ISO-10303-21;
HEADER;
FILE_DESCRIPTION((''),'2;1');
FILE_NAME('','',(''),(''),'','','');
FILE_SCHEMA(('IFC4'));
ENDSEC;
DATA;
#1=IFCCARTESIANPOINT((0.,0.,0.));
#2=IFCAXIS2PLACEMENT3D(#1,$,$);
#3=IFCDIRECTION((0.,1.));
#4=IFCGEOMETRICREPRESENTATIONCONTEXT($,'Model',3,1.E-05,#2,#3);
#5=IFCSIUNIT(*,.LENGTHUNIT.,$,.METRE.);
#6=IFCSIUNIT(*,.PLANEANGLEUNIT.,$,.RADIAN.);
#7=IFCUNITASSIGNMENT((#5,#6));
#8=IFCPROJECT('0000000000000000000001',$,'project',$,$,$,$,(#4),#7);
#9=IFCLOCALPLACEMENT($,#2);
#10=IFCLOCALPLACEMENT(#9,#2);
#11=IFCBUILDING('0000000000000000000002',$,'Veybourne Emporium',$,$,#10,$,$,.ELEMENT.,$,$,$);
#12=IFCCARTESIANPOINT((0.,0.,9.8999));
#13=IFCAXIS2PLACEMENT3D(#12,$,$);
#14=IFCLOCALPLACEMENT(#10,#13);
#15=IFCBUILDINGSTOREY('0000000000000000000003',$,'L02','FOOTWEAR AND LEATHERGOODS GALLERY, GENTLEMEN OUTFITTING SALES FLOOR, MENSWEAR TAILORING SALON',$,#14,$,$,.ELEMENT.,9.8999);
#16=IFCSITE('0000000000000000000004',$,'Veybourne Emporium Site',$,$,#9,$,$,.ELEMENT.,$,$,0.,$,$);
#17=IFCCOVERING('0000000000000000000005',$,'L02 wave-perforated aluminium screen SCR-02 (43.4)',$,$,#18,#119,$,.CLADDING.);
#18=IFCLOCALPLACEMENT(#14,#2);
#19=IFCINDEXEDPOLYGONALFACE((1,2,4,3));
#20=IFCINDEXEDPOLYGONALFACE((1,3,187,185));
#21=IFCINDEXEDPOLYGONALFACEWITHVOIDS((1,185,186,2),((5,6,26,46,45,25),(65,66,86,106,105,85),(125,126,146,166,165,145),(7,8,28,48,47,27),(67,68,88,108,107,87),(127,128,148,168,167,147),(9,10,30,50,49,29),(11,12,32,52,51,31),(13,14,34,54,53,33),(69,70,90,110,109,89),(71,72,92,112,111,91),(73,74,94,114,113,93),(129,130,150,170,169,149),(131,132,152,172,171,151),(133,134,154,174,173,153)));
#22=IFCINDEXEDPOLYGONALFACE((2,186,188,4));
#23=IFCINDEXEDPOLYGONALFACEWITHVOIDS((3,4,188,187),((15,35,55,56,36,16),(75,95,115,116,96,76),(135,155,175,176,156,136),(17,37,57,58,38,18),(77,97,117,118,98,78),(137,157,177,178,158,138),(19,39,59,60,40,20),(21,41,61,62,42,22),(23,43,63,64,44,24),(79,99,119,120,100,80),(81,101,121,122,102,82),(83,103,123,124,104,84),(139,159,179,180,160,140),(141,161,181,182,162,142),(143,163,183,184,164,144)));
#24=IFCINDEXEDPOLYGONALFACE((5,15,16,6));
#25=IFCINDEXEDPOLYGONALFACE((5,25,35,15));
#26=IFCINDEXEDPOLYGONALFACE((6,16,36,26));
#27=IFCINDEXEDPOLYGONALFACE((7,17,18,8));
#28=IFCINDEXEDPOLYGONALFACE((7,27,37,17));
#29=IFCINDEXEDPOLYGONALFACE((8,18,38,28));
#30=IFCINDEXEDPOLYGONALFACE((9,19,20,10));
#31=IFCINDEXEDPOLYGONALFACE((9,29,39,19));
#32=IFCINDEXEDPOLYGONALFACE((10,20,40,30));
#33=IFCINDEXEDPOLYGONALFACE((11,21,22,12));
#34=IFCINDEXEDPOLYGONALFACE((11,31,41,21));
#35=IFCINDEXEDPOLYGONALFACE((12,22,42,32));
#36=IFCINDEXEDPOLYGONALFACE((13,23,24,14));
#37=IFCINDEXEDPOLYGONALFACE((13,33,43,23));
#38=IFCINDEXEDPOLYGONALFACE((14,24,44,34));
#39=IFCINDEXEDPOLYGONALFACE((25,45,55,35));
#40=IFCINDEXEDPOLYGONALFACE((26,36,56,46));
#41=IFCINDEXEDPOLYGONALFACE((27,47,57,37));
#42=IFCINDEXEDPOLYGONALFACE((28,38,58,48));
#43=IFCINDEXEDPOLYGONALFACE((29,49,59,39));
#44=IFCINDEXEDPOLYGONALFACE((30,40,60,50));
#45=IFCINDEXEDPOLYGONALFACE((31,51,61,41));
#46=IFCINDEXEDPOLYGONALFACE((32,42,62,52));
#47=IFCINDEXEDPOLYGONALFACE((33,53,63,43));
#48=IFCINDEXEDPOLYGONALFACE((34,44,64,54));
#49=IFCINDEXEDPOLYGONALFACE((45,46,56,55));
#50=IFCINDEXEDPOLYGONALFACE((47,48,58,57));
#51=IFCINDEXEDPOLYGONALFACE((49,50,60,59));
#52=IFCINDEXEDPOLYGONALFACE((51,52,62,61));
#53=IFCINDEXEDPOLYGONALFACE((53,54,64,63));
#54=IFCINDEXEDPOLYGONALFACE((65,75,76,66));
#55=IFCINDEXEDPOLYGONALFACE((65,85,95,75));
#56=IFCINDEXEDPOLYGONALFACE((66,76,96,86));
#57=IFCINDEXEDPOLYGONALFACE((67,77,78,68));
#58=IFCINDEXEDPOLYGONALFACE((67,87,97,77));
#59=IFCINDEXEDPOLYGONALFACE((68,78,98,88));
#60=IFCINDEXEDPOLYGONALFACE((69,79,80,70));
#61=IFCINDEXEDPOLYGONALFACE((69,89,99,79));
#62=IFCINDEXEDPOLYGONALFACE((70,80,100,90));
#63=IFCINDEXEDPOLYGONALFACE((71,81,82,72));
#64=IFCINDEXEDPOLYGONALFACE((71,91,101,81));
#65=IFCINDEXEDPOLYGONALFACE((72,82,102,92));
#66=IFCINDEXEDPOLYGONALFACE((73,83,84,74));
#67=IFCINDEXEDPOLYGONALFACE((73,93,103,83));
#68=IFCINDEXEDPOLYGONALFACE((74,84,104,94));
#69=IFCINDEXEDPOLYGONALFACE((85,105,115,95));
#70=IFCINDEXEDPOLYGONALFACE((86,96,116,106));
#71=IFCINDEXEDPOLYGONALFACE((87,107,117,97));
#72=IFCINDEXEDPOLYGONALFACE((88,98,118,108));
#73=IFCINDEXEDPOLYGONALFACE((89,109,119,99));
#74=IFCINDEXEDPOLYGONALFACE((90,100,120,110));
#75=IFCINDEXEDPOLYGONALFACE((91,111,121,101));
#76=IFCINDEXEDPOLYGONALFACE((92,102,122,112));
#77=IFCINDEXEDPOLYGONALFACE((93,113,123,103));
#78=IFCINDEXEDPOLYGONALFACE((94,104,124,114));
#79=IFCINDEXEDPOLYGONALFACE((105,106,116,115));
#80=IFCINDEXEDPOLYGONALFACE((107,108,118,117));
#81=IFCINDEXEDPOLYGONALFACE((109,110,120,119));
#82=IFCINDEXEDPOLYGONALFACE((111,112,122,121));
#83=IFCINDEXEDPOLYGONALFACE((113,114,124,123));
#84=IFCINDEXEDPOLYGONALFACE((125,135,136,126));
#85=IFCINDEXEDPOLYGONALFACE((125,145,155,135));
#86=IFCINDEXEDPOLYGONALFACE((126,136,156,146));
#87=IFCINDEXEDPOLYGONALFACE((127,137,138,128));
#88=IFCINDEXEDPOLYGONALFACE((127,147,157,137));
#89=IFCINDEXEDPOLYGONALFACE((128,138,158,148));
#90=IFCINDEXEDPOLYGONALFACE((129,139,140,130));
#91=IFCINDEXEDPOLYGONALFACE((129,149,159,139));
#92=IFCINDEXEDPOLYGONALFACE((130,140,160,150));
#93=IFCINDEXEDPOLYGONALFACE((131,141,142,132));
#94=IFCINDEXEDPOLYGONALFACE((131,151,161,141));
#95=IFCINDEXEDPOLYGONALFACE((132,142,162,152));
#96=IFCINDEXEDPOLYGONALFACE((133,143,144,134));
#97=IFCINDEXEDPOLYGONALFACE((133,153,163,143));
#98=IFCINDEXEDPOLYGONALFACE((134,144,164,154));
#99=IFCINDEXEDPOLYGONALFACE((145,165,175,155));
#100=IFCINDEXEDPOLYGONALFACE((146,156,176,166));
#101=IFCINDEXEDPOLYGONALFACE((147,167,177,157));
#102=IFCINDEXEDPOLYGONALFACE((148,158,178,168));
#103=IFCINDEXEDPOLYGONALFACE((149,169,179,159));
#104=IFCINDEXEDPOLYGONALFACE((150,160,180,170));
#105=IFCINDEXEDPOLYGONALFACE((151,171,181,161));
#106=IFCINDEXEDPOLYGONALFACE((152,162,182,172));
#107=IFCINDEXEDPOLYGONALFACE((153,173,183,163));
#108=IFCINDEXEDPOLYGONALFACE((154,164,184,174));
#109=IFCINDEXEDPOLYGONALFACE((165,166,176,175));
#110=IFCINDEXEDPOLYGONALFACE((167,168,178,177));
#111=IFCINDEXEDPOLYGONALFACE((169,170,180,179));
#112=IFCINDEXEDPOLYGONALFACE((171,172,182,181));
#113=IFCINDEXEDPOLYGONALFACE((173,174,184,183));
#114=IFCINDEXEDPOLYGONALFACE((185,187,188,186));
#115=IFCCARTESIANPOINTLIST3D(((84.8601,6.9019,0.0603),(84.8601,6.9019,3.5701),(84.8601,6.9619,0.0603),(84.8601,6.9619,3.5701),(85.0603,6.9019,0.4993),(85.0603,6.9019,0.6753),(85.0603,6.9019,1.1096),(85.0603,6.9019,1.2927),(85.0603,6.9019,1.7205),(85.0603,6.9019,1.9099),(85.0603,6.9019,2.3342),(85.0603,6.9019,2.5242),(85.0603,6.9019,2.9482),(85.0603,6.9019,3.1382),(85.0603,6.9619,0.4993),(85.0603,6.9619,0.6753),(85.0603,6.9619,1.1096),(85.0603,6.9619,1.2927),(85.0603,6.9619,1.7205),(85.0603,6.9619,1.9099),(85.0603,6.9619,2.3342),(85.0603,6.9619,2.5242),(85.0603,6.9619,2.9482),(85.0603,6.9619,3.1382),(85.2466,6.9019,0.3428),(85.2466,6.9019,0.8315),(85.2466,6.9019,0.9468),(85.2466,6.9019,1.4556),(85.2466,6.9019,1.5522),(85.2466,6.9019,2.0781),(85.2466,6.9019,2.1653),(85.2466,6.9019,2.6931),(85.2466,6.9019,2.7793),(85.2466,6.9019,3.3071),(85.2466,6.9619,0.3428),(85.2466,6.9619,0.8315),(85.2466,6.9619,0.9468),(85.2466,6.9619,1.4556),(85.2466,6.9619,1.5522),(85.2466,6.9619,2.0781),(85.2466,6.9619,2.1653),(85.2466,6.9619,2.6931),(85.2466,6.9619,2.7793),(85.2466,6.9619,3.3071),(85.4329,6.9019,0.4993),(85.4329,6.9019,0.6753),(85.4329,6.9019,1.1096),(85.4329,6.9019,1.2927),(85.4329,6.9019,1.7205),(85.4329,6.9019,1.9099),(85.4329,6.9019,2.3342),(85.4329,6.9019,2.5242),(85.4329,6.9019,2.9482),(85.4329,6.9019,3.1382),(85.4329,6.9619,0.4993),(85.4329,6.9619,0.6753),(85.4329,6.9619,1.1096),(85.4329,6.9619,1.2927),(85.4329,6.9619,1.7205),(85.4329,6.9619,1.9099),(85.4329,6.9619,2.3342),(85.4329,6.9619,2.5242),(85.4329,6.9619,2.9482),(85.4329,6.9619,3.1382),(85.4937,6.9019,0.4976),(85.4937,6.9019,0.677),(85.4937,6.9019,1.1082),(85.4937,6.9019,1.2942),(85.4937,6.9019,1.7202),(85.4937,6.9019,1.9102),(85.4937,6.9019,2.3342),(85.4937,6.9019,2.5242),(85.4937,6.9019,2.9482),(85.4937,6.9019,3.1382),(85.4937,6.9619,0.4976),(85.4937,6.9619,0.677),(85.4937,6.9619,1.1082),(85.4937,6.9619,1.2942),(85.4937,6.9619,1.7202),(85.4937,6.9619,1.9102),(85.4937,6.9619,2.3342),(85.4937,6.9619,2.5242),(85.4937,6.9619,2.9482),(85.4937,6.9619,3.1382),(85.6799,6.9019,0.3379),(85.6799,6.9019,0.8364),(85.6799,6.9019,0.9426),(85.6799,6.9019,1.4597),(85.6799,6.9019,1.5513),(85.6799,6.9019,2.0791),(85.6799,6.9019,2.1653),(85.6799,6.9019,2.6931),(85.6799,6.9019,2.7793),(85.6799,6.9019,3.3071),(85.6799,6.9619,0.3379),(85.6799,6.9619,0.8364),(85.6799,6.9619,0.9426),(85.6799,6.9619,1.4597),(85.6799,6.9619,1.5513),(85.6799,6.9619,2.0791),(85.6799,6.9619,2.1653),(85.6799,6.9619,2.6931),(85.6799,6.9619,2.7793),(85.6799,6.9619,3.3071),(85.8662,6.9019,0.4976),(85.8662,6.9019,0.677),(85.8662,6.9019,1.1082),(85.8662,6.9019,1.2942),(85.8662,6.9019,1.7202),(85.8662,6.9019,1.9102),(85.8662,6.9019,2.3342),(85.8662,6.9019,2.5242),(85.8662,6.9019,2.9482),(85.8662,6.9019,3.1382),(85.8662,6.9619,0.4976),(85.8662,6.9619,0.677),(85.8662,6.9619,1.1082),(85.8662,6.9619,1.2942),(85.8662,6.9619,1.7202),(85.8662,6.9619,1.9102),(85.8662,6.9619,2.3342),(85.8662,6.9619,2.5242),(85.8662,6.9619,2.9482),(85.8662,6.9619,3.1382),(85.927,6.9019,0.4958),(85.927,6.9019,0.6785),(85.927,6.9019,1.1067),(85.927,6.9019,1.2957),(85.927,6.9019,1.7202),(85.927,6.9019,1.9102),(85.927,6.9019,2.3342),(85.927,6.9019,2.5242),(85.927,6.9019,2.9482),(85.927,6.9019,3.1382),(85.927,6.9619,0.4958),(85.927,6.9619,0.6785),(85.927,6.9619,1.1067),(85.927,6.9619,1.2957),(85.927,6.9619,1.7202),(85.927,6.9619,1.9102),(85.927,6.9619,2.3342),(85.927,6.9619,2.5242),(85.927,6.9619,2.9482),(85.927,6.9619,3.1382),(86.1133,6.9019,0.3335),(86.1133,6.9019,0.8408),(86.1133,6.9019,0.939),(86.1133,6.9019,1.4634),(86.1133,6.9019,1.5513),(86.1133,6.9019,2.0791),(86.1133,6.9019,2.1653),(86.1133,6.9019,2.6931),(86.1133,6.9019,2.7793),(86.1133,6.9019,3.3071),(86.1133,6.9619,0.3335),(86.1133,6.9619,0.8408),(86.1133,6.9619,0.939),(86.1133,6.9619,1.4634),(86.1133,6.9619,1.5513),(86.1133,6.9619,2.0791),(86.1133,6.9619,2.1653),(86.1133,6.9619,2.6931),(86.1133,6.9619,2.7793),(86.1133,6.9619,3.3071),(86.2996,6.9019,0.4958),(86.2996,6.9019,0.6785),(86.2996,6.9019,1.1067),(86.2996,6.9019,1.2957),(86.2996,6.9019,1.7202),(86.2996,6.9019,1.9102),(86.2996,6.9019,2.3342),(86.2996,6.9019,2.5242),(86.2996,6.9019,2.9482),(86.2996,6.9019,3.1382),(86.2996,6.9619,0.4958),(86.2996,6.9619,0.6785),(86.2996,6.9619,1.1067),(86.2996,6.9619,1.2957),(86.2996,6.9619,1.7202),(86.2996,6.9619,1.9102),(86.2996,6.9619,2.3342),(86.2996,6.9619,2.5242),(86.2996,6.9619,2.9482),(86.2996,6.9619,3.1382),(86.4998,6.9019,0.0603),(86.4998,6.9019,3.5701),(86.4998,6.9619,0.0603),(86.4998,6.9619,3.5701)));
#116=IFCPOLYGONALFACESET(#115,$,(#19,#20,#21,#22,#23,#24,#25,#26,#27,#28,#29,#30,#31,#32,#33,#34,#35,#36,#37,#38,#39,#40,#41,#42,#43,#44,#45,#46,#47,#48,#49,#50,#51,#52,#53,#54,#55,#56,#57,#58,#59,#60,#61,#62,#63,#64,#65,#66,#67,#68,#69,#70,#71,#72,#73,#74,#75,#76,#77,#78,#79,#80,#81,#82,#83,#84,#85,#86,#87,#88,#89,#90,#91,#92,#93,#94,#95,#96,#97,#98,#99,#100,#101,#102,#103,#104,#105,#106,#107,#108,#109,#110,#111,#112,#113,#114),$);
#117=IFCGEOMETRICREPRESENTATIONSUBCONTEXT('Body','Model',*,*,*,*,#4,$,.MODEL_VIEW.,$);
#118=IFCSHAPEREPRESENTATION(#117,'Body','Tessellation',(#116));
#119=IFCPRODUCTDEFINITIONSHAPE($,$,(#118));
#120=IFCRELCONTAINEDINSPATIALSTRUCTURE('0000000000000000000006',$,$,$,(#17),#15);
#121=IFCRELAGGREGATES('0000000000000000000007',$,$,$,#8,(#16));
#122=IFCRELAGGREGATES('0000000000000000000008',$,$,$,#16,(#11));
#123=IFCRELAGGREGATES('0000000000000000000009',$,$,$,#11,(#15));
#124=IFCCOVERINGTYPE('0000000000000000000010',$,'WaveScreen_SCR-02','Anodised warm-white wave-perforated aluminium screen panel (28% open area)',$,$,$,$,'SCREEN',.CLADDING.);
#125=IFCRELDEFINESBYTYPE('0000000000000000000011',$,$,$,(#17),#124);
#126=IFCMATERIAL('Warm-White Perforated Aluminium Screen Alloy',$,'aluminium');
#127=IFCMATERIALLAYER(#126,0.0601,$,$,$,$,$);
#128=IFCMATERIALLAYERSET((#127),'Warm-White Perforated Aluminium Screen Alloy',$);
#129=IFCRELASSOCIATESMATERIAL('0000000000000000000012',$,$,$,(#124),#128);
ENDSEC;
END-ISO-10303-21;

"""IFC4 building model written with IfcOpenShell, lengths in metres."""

from ifc_helpers import new_model, si_unit, direction, frame, origin, place, context, subcontext, project, spatial, polyline, outline, extrude, material, layer, layer_set, type_object, element, save


model = new_model("IFC4")

# Units and contexts
model_context = context("Model", 3, precision=1e-05, world=origin(), true_north=direction((0.0, 1.0)))
body_context = subcontext(model_context, "Body", "Model", "MODEL_VIEW")
ifc_project = project(units=[si_unit("LENGTHUNIT", "METRE"), si_unit("PLANEANGLEUNIT", "RADIAN")], contexts=[model_context])

# Site, building, storey
site_placement = place(None, origin())
site = spatial("IfcSite", under=ifc_project, at=site_placement, Name="Veybourne Emporium Site", CompositionType="ELEMENT", RefElevation=0.0)
building_placement = place(site_placement, origin())
building = spatial("IfcBuilding", under=site, at=building_placement, Name="Veybourne Emporium", CompositionType="ELEMENT")
storey_placement = place(building_placement, frame((0.0, 0.0, 9.8999)))
storey = spatial("IfcBuildingStorey", under=building, at=storey_placement, Name="L02", Description="FOOTWEAR AND LEATHERGOODS GALLERY, GENTLEMEN OUTFITTING SALES FLOOR, MENSWEAR TAILORING SALON", CompositionType="ELEMENT", Elevation=9.8999)

# Covering
ifc_material_1 = material(Name="Warm-White Perforated Aluminium Screen Alloy", Category="aluminium")
ifc_layer_1 = layer(ifc_material_1, 0.0601)
ifc_layer_set_1 = layer_set([ifc_layer_1], Name="Warm-White Perforated Aluminium Screen Alloy")
covering_type_1 = type_object("IfcCoveringType", Name="WaveScreen_SCR-02", Description="Anodised warm-white wave-perforated aluminium screen panel (28% open area)", ElementType="SCREEN", PredefinedType="CLADDING", material=ifc_layer_set_1)
covering_1_placement = place(storey_placement, frame((85.6799, 6.9019, 1.8152), z_axis=(0.0, 1.0, 0.0), x_axis=(-1.0, 0.0, 0.0)))
element("IfcCovering", 1, at=covering_1_placement, inside=storey, type_object=covering_type_1, Name="L02 wave-perforated aluminium screen SCR-02 (43.4)", PredefinedType="CLADDING", context=body_context, shape_type="SweptSolid", body=[
    extrude(outline(polyline([(-0.8198, -1.7549), (0.8198, -1.7549), (0.8198, 1.7549), (-0.8198, 1.7549), (-0.8198, -1.7549)]), holes=[polyline([(-0.4333, -0.9744), (-0.2471, -1.1367), (-0.2471, -1.3193), (-0.4333, -1.4817), (-0.6196, -1.3193), (-0.6196, -1.1367), (-0.4333, -0.9744)]), polyline([(-0.4333, -0.3518), (-0.2471, -0.5195), (-0.2471, -0.7085), (-0.4333, -0.8762), (-0.6196, -0.7085), (-0.6196, -0.5195), (-0.4333, -0.3518)]), polyline([(-0.4333, 0.2639), (-0.2471, 0.095), (-0.2471, -0.095), (-0.4333, -0.2639), (-0.6196, -0.095), (-0.6196, 0.095), (-0.4333, 0.2639)]), polyline([(-0.4333, 0.8779), (-0.2471, 0.709), (-0.2471, 0.519), (-0.4333, 0.3501), (-0.6196, 0.519), (-0.6196, 0.709), (-0.4333, 0.8779)]), polyline([(-0.4333, 1.4919), (-0.2471, 1.323), (-0.2471, 1.1331), (-0.4333, 0.9641), (-0.6196, 1.1331), (-0.6196, 1.323), (-0.4333, 1.4919)]), polyline([(0.0, -0.9788), (0.1863, -1.1382), (0.1863, -1.3176), (0.0, -1.4773), (-0.1863, -1.3176), (-0.1863, -1.1382), (0.0, -0.9788)]), polyline([(0.0, -0.3555), (0.1863, -0.521), (0.1863, -0.707), (0.0, -0.8726), (-0.1863, -0.707), (-0.1863, -0.521), (0.0, -0.3555)]), polyline([(0.0, 0.2639), (0.1863, 0.095), (0.1863, -0.095), (0.0, -0.2639), (-0.1863, -0.095), (-0.1863, 0.095), (0.0, 0.2639)]), polyline([(0.0, 0.8779), (0.1863, 0.709), (0.1863, 0.519), (0.0, 0.3501), (-0.1863, 0.519), (-0.1863, 0.709), (0.0, 0.8779)]), polyline([(0.0, 1.4919), (0.1863, 1.323), (0.1863, 1.1331), (0.0, 0.9641), (-0.1863, 1.1331), (-0.1863, 1.323), (0.0, 1.4919)]), polyline([(0.4333, -0.9836), (0.6196, -1.1399), (0.6196, -1.3159), (0.4333, -1.4724), (0.2471, -1.3159), (0.2471, -1.1399), (0.4333, -0.9836)]), polyline([(0.4333, -0.3596), (0.6196, -0.5225), (0.6196, -0.7056), (0.4333, -0.8684), (0.2471, -0.7056), (0.2471, -0.5225), (0.4333, -0.3596)]), polyline([(0.4333, 0.2629), (0.6196, 0.0947), (0.6196, -0.0947), (0.4333, -0.2629), (0.2471, -0.0947), (0.2471, 0.0947), (0.4333, 0.2629)]), polyline([(0.4333, 0.8779), (0.6196, 0.709), (0.6196, 0.519), (0.4333, 0.3501), (0.2471, 0.519), (0.2471, 0.709), (0.4333, 0.8779)]), polyline([(0.4333, 1.4919), (0.6196, 1.323), (0.6196, 1.1331), (0.4333, 0.9641), (0.2471, 1.1331), (0.2471, 1.323), (0.4333, 1.4919)])]), origin(), (0.0, 0.0, 1.0), 0.0601),
])

save(model, "model.ifc")
